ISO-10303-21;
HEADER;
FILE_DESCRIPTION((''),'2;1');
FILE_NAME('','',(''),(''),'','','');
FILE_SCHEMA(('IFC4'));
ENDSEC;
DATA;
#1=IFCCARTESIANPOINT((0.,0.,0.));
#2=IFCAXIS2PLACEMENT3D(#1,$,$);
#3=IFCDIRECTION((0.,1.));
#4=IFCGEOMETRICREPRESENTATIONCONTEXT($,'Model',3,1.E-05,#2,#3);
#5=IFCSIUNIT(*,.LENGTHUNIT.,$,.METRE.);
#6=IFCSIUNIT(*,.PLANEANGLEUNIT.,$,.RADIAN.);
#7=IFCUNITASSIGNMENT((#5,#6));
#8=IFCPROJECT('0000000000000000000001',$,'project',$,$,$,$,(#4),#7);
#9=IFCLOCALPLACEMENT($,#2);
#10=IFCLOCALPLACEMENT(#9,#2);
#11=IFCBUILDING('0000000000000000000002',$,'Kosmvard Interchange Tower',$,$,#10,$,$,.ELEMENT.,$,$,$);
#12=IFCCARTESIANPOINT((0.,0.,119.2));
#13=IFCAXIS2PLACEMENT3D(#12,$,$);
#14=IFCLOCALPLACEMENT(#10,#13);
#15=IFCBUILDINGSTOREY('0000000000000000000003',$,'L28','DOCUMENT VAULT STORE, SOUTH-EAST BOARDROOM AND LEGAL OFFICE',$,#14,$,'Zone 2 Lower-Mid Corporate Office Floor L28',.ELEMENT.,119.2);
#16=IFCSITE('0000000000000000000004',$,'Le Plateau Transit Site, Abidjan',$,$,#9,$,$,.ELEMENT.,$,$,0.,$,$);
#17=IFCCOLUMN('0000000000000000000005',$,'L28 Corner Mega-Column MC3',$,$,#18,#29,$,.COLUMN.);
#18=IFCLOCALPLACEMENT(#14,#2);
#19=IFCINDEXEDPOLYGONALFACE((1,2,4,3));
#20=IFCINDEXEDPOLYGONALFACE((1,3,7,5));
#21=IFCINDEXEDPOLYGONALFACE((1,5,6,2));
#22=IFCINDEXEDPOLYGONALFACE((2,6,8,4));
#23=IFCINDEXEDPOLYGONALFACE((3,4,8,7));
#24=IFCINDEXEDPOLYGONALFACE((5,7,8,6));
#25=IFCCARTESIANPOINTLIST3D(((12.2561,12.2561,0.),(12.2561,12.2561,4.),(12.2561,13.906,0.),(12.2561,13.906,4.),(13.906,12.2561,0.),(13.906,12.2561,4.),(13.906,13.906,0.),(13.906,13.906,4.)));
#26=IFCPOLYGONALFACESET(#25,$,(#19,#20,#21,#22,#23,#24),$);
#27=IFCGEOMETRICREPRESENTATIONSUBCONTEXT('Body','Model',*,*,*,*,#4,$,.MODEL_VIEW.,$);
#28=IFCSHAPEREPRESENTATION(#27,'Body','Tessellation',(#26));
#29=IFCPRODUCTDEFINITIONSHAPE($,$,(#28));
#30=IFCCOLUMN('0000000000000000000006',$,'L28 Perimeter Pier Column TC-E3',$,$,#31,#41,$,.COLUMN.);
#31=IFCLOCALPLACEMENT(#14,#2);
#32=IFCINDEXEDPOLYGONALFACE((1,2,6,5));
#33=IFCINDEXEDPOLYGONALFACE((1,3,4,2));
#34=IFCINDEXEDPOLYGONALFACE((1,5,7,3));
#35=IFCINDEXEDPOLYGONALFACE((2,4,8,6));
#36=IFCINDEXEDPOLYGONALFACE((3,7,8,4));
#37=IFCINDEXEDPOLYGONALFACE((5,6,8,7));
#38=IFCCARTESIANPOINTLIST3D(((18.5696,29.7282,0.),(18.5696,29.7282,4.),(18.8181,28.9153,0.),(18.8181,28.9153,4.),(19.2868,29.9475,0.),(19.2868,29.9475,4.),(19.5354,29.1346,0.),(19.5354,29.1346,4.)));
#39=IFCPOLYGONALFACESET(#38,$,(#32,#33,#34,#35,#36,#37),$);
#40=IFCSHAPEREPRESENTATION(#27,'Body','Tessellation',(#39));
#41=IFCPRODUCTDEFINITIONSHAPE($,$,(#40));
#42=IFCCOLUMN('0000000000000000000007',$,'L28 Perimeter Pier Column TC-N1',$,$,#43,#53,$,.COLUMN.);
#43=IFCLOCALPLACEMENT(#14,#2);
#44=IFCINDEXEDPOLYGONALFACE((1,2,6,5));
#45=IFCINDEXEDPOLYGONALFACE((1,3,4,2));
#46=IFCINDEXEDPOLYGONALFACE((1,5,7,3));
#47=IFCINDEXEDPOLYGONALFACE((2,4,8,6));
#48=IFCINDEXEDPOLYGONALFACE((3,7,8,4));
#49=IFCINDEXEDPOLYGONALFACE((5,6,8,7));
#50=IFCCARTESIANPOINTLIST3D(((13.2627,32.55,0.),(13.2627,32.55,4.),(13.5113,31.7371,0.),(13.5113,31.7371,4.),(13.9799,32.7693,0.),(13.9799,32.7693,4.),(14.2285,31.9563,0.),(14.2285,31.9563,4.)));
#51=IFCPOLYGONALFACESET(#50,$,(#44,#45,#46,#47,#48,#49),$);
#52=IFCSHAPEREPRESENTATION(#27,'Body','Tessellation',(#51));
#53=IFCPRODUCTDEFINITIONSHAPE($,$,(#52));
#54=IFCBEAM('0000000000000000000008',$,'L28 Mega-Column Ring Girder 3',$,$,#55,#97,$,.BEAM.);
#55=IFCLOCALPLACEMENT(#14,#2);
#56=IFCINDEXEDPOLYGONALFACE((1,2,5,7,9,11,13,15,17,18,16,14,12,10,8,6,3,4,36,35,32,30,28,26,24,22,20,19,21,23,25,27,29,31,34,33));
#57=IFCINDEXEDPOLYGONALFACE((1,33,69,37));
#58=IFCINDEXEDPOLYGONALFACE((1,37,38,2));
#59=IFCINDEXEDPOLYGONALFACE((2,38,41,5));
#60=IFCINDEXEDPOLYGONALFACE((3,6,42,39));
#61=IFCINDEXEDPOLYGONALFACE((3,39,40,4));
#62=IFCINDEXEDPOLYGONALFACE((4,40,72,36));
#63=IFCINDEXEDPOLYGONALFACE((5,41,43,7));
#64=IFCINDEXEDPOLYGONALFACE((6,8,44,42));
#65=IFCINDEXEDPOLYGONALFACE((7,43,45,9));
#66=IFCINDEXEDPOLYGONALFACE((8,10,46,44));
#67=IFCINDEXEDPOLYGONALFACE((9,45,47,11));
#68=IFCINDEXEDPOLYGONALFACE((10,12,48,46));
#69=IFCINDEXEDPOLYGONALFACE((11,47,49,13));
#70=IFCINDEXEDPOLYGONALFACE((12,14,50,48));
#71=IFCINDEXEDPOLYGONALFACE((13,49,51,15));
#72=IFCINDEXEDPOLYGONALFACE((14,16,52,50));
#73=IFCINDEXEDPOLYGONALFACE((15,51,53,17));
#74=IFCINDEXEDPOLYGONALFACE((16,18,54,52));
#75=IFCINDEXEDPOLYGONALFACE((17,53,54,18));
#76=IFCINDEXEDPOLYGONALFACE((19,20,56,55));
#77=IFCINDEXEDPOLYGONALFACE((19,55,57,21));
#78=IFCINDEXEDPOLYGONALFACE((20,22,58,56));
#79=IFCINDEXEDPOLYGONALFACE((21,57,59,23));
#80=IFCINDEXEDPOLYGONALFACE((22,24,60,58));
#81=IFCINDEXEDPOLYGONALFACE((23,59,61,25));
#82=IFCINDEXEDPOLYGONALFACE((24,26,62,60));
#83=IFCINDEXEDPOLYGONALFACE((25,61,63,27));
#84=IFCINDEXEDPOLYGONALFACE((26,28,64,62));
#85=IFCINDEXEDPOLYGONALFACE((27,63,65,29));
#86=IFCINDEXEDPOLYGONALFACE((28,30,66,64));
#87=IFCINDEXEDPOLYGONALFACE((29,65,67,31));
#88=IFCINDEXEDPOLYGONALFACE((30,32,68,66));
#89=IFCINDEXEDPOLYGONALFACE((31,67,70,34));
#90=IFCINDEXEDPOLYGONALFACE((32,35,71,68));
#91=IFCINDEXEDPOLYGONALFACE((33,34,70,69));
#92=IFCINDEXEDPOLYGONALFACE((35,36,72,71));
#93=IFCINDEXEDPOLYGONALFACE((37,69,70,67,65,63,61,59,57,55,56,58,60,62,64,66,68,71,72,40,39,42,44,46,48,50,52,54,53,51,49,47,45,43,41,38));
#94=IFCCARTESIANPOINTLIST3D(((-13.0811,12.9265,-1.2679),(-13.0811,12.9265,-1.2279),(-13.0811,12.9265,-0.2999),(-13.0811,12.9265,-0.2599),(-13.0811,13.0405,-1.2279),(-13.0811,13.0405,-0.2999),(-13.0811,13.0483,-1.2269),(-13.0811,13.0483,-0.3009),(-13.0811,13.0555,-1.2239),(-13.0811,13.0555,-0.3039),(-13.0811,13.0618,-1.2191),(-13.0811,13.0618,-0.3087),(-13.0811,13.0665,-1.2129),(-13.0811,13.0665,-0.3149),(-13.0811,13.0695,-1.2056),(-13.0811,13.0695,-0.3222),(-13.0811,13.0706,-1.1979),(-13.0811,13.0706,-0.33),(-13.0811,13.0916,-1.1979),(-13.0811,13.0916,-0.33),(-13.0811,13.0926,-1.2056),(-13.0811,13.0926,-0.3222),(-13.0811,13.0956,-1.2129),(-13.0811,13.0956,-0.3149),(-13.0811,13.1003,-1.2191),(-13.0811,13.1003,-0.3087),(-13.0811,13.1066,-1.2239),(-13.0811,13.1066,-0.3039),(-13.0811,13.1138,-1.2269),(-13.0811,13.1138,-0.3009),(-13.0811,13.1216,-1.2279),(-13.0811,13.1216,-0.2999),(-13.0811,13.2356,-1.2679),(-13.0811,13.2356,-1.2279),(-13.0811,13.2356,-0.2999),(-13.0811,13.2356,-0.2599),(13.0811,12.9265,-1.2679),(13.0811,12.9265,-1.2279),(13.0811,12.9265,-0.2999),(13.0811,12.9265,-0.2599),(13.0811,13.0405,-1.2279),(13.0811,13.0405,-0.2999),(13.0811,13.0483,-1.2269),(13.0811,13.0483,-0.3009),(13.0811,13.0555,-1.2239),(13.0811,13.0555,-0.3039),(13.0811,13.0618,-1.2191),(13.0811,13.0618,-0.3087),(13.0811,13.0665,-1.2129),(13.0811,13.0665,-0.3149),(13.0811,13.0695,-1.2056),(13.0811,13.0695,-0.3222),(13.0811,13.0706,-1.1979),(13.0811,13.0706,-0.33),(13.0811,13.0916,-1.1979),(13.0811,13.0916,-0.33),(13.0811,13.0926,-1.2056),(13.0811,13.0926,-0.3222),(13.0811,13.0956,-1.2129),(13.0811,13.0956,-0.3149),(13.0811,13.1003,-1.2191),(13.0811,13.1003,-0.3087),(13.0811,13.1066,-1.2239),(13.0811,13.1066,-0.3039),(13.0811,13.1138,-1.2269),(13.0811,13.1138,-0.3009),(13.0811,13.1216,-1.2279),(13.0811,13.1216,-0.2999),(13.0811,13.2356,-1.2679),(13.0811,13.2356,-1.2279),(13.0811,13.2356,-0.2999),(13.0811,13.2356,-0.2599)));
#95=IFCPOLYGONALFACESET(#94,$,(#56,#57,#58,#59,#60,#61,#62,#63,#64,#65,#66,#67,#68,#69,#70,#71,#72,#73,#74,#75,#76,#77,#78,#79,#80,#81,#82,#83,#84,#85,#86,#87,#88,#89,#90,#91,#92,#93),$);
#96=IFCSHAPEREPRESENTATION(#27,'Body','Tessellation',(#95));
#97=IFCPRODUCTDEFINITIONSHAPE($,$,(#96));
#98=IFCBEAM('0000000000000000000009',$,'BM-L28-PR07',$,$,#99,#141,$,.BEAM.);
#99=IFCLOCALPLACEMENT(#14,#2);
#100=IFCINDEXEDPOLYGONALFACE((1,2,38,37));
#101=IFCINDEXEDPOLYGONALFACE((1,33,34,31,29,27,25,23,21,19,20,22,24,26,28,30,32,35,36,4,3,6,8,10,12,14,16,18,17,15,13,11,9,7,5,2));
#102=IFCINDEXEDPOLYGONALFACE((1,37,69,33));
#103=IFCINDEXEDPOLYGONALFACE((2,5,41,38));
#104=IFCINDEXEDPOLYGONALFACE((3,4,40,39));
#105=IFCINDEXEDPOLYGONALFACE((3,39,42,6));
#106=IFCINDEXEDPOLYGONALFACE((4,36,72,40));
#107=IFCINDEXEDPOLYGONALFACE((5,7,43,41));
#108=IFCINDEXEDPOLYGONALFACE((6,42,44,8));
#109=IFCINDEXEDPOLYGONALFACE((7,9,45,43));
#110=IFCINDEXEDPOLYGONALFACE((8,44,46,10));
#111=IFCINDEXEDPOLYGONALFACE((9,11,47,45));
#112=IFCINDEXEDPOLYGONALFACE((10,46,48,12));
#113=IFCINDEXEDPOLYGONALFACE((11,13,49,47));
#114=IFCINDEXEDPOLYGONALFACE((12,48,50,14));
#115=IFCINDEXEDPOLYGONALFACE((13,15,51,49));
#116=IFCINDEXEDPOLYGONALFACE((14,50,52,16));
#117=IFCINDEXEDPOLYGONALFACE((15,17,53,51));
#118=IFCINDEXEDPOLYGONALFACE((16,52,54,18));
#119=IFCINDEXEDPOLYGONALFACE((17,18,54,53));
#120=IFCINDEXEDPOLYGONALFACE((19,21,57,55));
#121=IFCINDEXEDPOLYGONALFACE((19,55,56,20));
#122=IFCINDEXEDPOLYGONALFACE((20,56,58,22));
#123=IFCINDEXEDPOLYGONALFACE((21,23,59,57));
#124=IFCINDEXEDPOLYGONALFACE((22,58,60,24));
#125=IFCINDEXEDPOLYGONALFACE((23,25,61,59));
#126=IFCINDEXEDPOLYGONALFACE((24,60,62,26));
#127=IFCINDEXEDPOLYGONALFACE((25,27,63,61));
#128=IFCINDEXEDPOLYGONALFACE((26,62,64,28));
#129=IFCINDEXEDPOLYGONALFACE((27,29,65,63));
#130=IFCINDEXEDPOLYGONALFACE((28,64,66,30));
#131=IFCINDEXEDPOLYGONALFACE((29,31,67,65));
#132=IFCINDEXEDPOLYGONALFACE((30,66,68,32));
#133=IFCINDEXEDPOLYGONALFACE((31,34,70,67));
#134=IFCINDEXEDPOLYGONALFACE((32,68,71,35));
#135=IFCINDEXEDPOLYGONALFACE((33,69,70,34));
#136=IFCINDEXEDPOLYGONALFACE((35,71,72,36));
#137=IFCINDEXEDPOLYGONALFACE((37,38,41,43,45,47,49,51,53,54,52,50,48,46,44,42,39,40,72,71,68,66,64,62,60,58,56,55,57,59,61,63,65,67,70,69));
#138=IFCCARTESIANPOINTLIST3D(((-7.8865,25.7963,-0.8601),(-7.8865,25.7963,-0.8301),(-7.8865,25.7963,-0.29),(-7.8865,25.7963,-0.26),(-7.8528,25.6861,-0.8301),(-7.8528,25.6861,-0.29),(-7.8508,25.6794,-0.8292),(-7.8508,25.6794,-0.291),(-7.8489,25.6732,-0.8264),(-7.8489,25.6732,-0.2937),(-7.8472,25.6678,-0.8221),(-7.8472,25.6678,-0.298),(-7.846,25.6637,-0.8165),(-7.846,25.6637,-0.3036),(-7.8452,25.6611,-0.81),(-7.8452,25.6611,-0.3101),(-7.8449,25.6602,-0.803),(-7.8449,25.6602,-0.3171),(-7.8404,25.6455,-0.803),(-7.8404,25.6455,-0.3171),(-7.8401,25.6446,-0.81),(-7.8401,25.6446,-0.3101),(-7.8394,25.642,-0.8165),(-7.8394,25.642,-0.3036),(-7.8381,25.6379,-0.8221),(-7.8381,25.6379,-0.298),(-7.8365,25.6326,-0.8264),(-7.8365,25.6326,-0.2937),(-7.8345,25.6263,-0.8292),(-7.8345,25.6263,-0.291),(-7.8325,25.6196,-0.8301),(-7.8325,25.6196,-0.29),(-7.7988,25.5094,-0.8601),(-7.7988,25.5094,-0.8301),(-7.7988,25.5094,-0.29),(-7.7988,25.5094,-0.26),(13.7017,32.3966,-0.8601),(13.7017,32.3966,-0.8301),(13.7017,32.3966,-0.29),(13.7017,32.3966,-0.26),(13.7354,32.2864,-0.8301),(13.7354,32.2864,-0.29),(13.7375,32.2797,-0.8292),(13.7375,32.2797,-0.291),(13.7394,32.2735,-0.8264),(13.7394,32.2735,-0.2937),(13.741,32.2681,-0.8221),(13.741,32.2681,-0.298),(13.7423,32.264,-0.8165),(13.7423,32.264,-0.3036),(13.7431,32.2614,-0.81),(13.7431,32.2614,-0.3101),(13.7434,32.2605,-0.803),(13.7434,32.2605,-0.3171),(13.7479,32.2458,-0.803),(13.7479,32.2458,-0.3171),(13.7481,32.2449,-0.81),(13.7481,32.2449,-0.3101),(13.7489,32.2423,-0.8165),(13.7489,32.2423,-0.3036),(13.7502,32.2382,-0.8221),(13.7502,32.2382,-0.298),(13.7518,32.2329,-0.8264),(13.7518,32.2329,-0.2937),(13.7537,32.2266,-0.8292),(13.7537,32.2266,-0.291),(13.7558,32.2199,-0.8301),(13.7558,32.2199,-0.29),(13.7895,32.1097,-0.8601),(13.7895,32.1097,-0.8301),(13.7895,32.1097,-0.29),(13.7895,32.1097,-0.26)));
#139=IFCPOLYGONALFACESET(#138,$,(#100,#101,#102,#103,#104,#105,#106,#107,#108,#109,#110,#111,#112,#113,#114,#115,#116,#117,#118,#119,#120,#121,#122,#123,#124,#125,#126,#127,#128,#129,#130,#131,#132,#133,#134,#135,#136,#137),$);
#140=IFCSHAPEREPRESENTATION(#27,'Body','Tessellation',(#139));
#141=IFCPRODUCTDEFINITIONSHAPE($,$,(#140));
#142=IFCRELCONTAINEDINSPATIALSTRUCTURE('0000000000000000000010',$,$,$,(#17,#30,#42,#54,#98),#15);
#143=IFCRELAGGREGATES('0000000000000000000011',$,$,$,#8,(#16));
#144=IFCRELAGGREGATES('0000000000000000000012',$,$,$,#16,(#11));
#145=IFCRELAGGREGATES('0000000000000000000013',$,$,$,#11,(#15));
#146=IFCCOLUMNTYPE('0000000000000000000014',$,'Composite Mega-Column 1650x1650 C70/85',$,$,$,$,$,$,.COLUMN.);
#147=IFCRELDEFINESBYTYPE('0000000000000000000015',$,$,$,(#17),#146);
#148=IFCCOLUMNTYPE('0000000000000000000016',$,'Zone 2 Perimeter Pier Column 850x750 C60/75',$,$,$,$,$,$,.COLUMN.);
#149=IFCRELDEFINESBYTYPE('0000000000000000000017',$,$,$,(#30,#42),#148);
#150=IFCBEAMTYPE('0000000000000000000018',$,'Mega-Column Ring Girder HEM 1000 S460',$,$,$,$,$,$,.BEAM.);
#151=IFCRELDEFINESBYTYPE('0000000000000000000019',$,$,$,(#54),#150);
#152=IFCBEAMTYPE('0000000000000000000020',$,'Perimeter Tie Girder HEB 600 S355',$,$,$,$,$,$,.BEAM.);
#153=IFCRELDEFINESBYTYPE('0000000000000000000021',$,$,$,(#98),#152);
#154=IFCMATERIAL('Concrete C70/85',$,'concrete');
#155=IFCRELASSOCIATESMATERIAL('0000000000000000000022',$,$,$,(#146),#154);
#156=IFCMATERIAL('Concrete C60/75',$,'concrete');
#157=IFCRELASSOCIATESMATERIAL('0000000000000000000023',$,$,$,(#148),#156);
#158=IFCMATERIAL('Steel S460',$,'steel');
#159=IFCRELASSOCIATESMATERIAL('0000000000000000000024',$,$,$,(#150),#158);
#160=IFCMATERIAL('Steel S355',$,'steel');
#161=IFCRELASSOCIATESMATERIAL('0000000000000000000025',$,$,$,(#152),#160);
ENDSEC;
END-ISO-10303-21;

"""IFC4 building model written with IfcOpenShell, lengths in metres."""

from ifc_helpers import new_model, si_unit, direction, frame, origin, origin_2d, place, context, subcontext, project, spatial, rectangle, i_section, extrude, source, transform, mapped, material, material_profile, profile_set, type_object, element, save


model = new_model("IFC4")

# Units and contexts
model_context = context("Model", 3, precision=1e-05, world=origin(), true_north=direction((0.0, 1.0)))
body_context = subcontext(model_context, "Body", "Model", "MODEL_VIEW")
ifc_project = project(units=[si_unit("LENGTHUNIT", "METRE"), si_unit("PLANEANGLEUNIT", "RADIAN")], contexts=[model_context])

# Site, building, storey
site_placement = place(None, origin())
site = spatial("IfcSite", under=ifc_project, at=site_placement, Name="Le Plateau Transit Site, Abidjan", CompositionType="ELEMENT", RefElevation=0.0)
building_placement = place(site_placement, origin())
building = spatial("IfcBuilding", under=site, at=building_placement, Name="Kosmvard Interchange Tower", CompositionType="ELEMENT")
storey_placement = place(building_placement, frame((0.0, 0.0, 119.2)))
storey = spatial("IfcBuildingStorey", under=building, at=storey_placement, Name="L28", Description="DOCUMENT VAULT STORE, SOUTH-EAST BOARDROOM AND LEGAL OFFICE", LongName="Zone 2 Lower-Mid Corporate Office Floor L28", CompositionType="ELEMENT", Elevation=119.2)

# Columns
ifc_material_1 = material(Name="Concrete C70/85", Category="concrete")
ifc_material_profile_1 = material_profile(ifc_material_1, rectangle(XDim=1.6499, YDim=1.6499, at=origin_2d()), Name="MC 1650x1650")
ifc_profile_set_1 = profile_set([ifc_material_profile_1], Name="Concrete C70/85")
column_type_1 = type_object("IfcColumnType", Name="Composite Mega-Column 1650x1650 C70/85", PredefinedType="COLUMN", material=ifc_profile_set_1)
shared_shape_1 = source(origin(), body_context, "Body", "SweptSolid", [
    extrude(rectangle(XDim=1.6499, YDim=1.6499, at=origin_2d()), origin(), (0.0, 0.0, 1.0), 4.0),
])
column_placement = place(storey_placement, frame((13.0811, 13.0811, 0.0), z_axis=(0.0, 0.0, 1.0), x_axis=(1.0, 0.0, 0.0)))
element("IfcColumn", 1, at=column_placement, inside=storey, type_object=column_type_1, Name="L28 Corner Mega-Column MC3", PredefinedType="COLUMN", context=body_context, shape_type="MappedRepresentation", body=[
    mapped(shared_shape_1, transform((0.0, 0.0, 0.0), scale=1.0)),
])
ifc_material_2 = material(Name="Concrete C60/75", Category="concrete")
ifc_material_profile_2 = material_profile(ifc_material_2, rectangle(XDim=0.75, YDim=0.8501, at=origin_2d()), Name="TC 850x750")
ifc_profile_set_2 = profile_set([ifc_material_profile_2], Name="Concrete C60/75")
column_type_2 = type_object("IfcColumnType", Name="Zone 2 Perimeter Pier Column 850x750 C60/75", PredefinedType="COLUMN", material=ifc_profile_set_2)
shared_shape_2 = source(origin(), body_context, "Body", "SweptSolid", [
    extrude(rectangle(XDim=0.75, YDim=0.8501, at=origin_2d()), origin(), (0.0, 0.0, 1.0), 4.0),
])
for number, where, z_axis, x_axis, name in (
    (2, (19.0525, 29.4314, 0.0), (0.0, 0.0, 1.0), (0.956305, 0.292372, 0.0), "L28 Perimeter Pier Column TC-E3"),
    (3, (13.7456, 32.2532, 0.0), (0.0, 0.0, 1.0), (0.956305, 0.292372, 0.0), "L28 Perimeter Pier Column TC-N1"),
):
    element("IfcColumn", number, at=place(storey_placement, frame(where, z_axis=z_axis, x_axis=x_axis)), inside=storey, type_object=column_type_2, Name=name, PredefinedType="COLUMN", context=body_context, shape_type="MappedRepresentation", body=[
        mapped(shared_shape_2, transform((0.0, 0.0, 0.0), scale=1.0)),
    ])

# Beams
ifc_material_3 = material(Name="Steel S460", Category="steel")
ifc_material_profile_3 = material_profile(ifc_material_3, i_section(OverallWidth=0.3091, OverallDepth=1.0081, WebThickness=0.021, FlangeThickness=0.04, FilletRadius=0.03, at=origin_2d()), Name="HEM 1000")
ifc_profile_set_3 = profile_set([ifc_material_profile_3], Name="Steel S460")
beam_type_1 = type_object("IfcBeamType", Name="Mega-Column Ring Girder HEM 1000 S460", PredefinedType="BEAM", material=ifc_profile_set_3)
shared_shape_3 = source(origin(), body_context, "Body", "SweptSolid", [
    extrude(i_section(OverallWidth=0.3091, OverallDepth=1.0081, WebThickness=0.021, FlangeThickness=0.04, FilletRadius=0.03, at=origin_2d()), origin(), (0.0, 0.0, 1.0), 26.1621),
])
beam_1_placement = place(storey_placement, frame((13.0811, 13.0811, -0.7639), z_axis=(-1.0, 0.0, 0.0), x_axis=(0.0, -1.0, 0.0)))
element("IfcBeam", 4, at=beam_1_placement, inside=storey, type_object=beam_type_1, Name="L28 Mega-Column Ring Girder 3", PredefinedType="BEAM", context=body_context, shape_type="MappedRepresentation", body=[
    mapped(shared_shape_3, transform((0.0, 0.0, 0.0), scale=1.0)),
])
ifc_material_4 = material(Name="Steel S355", Category="steel")
ifc_material_profile_4 = material_profile(ifc_material_4, i_section(OverallWidth=0.3, OverallDepth=0.6001, WebThickness=0.0154, FlangeThickness=0.03, FilletRadius=0.0271, at=origin_2d()), Name="HEB 600")
ifc_profile_set_4 = profile_set([ifc_material_profile_4], Name="Steel S355")
beam_type_2 = type_object("IfcBeamType", Name="Perimeter Tie Girder HEB 600 S355", PredefinedType="BEAM", material=ifc_profile_set_4)
shared_shape_4 = source(origin(), body_context, "Body", "SweptSolid", [
    extrude(i_section(OverallWidth=0.3, OverallDepth=0.6001, WebThickness=0.0154, FlangeThickness=0.03, FilletRadius=0.0271, at=origin_2d()), origin(), (0.0, 0.0, 1.0), 22.5747),
])
beam_2_placement = place(storey_placement, frame((13.7456, 32.2532, -0.5601), z_axis=(-0.956303, -0.292376, 0.0), x_axis=(0.292376, -0.956303, 0.0)))
element("IfcBeam", 5, at=beam_2_placement, inside=storey, type_object=beam_type_2, Name="BM-L28-PR07", PredefinedType="BEAM", context=body_context, shape_type="MappedRepresentation", body=[
    mapped(shared_shape_4, transform((0.0, 0.0, 0.0), scale=1.0)),
])

save(model, "model.ifc")
